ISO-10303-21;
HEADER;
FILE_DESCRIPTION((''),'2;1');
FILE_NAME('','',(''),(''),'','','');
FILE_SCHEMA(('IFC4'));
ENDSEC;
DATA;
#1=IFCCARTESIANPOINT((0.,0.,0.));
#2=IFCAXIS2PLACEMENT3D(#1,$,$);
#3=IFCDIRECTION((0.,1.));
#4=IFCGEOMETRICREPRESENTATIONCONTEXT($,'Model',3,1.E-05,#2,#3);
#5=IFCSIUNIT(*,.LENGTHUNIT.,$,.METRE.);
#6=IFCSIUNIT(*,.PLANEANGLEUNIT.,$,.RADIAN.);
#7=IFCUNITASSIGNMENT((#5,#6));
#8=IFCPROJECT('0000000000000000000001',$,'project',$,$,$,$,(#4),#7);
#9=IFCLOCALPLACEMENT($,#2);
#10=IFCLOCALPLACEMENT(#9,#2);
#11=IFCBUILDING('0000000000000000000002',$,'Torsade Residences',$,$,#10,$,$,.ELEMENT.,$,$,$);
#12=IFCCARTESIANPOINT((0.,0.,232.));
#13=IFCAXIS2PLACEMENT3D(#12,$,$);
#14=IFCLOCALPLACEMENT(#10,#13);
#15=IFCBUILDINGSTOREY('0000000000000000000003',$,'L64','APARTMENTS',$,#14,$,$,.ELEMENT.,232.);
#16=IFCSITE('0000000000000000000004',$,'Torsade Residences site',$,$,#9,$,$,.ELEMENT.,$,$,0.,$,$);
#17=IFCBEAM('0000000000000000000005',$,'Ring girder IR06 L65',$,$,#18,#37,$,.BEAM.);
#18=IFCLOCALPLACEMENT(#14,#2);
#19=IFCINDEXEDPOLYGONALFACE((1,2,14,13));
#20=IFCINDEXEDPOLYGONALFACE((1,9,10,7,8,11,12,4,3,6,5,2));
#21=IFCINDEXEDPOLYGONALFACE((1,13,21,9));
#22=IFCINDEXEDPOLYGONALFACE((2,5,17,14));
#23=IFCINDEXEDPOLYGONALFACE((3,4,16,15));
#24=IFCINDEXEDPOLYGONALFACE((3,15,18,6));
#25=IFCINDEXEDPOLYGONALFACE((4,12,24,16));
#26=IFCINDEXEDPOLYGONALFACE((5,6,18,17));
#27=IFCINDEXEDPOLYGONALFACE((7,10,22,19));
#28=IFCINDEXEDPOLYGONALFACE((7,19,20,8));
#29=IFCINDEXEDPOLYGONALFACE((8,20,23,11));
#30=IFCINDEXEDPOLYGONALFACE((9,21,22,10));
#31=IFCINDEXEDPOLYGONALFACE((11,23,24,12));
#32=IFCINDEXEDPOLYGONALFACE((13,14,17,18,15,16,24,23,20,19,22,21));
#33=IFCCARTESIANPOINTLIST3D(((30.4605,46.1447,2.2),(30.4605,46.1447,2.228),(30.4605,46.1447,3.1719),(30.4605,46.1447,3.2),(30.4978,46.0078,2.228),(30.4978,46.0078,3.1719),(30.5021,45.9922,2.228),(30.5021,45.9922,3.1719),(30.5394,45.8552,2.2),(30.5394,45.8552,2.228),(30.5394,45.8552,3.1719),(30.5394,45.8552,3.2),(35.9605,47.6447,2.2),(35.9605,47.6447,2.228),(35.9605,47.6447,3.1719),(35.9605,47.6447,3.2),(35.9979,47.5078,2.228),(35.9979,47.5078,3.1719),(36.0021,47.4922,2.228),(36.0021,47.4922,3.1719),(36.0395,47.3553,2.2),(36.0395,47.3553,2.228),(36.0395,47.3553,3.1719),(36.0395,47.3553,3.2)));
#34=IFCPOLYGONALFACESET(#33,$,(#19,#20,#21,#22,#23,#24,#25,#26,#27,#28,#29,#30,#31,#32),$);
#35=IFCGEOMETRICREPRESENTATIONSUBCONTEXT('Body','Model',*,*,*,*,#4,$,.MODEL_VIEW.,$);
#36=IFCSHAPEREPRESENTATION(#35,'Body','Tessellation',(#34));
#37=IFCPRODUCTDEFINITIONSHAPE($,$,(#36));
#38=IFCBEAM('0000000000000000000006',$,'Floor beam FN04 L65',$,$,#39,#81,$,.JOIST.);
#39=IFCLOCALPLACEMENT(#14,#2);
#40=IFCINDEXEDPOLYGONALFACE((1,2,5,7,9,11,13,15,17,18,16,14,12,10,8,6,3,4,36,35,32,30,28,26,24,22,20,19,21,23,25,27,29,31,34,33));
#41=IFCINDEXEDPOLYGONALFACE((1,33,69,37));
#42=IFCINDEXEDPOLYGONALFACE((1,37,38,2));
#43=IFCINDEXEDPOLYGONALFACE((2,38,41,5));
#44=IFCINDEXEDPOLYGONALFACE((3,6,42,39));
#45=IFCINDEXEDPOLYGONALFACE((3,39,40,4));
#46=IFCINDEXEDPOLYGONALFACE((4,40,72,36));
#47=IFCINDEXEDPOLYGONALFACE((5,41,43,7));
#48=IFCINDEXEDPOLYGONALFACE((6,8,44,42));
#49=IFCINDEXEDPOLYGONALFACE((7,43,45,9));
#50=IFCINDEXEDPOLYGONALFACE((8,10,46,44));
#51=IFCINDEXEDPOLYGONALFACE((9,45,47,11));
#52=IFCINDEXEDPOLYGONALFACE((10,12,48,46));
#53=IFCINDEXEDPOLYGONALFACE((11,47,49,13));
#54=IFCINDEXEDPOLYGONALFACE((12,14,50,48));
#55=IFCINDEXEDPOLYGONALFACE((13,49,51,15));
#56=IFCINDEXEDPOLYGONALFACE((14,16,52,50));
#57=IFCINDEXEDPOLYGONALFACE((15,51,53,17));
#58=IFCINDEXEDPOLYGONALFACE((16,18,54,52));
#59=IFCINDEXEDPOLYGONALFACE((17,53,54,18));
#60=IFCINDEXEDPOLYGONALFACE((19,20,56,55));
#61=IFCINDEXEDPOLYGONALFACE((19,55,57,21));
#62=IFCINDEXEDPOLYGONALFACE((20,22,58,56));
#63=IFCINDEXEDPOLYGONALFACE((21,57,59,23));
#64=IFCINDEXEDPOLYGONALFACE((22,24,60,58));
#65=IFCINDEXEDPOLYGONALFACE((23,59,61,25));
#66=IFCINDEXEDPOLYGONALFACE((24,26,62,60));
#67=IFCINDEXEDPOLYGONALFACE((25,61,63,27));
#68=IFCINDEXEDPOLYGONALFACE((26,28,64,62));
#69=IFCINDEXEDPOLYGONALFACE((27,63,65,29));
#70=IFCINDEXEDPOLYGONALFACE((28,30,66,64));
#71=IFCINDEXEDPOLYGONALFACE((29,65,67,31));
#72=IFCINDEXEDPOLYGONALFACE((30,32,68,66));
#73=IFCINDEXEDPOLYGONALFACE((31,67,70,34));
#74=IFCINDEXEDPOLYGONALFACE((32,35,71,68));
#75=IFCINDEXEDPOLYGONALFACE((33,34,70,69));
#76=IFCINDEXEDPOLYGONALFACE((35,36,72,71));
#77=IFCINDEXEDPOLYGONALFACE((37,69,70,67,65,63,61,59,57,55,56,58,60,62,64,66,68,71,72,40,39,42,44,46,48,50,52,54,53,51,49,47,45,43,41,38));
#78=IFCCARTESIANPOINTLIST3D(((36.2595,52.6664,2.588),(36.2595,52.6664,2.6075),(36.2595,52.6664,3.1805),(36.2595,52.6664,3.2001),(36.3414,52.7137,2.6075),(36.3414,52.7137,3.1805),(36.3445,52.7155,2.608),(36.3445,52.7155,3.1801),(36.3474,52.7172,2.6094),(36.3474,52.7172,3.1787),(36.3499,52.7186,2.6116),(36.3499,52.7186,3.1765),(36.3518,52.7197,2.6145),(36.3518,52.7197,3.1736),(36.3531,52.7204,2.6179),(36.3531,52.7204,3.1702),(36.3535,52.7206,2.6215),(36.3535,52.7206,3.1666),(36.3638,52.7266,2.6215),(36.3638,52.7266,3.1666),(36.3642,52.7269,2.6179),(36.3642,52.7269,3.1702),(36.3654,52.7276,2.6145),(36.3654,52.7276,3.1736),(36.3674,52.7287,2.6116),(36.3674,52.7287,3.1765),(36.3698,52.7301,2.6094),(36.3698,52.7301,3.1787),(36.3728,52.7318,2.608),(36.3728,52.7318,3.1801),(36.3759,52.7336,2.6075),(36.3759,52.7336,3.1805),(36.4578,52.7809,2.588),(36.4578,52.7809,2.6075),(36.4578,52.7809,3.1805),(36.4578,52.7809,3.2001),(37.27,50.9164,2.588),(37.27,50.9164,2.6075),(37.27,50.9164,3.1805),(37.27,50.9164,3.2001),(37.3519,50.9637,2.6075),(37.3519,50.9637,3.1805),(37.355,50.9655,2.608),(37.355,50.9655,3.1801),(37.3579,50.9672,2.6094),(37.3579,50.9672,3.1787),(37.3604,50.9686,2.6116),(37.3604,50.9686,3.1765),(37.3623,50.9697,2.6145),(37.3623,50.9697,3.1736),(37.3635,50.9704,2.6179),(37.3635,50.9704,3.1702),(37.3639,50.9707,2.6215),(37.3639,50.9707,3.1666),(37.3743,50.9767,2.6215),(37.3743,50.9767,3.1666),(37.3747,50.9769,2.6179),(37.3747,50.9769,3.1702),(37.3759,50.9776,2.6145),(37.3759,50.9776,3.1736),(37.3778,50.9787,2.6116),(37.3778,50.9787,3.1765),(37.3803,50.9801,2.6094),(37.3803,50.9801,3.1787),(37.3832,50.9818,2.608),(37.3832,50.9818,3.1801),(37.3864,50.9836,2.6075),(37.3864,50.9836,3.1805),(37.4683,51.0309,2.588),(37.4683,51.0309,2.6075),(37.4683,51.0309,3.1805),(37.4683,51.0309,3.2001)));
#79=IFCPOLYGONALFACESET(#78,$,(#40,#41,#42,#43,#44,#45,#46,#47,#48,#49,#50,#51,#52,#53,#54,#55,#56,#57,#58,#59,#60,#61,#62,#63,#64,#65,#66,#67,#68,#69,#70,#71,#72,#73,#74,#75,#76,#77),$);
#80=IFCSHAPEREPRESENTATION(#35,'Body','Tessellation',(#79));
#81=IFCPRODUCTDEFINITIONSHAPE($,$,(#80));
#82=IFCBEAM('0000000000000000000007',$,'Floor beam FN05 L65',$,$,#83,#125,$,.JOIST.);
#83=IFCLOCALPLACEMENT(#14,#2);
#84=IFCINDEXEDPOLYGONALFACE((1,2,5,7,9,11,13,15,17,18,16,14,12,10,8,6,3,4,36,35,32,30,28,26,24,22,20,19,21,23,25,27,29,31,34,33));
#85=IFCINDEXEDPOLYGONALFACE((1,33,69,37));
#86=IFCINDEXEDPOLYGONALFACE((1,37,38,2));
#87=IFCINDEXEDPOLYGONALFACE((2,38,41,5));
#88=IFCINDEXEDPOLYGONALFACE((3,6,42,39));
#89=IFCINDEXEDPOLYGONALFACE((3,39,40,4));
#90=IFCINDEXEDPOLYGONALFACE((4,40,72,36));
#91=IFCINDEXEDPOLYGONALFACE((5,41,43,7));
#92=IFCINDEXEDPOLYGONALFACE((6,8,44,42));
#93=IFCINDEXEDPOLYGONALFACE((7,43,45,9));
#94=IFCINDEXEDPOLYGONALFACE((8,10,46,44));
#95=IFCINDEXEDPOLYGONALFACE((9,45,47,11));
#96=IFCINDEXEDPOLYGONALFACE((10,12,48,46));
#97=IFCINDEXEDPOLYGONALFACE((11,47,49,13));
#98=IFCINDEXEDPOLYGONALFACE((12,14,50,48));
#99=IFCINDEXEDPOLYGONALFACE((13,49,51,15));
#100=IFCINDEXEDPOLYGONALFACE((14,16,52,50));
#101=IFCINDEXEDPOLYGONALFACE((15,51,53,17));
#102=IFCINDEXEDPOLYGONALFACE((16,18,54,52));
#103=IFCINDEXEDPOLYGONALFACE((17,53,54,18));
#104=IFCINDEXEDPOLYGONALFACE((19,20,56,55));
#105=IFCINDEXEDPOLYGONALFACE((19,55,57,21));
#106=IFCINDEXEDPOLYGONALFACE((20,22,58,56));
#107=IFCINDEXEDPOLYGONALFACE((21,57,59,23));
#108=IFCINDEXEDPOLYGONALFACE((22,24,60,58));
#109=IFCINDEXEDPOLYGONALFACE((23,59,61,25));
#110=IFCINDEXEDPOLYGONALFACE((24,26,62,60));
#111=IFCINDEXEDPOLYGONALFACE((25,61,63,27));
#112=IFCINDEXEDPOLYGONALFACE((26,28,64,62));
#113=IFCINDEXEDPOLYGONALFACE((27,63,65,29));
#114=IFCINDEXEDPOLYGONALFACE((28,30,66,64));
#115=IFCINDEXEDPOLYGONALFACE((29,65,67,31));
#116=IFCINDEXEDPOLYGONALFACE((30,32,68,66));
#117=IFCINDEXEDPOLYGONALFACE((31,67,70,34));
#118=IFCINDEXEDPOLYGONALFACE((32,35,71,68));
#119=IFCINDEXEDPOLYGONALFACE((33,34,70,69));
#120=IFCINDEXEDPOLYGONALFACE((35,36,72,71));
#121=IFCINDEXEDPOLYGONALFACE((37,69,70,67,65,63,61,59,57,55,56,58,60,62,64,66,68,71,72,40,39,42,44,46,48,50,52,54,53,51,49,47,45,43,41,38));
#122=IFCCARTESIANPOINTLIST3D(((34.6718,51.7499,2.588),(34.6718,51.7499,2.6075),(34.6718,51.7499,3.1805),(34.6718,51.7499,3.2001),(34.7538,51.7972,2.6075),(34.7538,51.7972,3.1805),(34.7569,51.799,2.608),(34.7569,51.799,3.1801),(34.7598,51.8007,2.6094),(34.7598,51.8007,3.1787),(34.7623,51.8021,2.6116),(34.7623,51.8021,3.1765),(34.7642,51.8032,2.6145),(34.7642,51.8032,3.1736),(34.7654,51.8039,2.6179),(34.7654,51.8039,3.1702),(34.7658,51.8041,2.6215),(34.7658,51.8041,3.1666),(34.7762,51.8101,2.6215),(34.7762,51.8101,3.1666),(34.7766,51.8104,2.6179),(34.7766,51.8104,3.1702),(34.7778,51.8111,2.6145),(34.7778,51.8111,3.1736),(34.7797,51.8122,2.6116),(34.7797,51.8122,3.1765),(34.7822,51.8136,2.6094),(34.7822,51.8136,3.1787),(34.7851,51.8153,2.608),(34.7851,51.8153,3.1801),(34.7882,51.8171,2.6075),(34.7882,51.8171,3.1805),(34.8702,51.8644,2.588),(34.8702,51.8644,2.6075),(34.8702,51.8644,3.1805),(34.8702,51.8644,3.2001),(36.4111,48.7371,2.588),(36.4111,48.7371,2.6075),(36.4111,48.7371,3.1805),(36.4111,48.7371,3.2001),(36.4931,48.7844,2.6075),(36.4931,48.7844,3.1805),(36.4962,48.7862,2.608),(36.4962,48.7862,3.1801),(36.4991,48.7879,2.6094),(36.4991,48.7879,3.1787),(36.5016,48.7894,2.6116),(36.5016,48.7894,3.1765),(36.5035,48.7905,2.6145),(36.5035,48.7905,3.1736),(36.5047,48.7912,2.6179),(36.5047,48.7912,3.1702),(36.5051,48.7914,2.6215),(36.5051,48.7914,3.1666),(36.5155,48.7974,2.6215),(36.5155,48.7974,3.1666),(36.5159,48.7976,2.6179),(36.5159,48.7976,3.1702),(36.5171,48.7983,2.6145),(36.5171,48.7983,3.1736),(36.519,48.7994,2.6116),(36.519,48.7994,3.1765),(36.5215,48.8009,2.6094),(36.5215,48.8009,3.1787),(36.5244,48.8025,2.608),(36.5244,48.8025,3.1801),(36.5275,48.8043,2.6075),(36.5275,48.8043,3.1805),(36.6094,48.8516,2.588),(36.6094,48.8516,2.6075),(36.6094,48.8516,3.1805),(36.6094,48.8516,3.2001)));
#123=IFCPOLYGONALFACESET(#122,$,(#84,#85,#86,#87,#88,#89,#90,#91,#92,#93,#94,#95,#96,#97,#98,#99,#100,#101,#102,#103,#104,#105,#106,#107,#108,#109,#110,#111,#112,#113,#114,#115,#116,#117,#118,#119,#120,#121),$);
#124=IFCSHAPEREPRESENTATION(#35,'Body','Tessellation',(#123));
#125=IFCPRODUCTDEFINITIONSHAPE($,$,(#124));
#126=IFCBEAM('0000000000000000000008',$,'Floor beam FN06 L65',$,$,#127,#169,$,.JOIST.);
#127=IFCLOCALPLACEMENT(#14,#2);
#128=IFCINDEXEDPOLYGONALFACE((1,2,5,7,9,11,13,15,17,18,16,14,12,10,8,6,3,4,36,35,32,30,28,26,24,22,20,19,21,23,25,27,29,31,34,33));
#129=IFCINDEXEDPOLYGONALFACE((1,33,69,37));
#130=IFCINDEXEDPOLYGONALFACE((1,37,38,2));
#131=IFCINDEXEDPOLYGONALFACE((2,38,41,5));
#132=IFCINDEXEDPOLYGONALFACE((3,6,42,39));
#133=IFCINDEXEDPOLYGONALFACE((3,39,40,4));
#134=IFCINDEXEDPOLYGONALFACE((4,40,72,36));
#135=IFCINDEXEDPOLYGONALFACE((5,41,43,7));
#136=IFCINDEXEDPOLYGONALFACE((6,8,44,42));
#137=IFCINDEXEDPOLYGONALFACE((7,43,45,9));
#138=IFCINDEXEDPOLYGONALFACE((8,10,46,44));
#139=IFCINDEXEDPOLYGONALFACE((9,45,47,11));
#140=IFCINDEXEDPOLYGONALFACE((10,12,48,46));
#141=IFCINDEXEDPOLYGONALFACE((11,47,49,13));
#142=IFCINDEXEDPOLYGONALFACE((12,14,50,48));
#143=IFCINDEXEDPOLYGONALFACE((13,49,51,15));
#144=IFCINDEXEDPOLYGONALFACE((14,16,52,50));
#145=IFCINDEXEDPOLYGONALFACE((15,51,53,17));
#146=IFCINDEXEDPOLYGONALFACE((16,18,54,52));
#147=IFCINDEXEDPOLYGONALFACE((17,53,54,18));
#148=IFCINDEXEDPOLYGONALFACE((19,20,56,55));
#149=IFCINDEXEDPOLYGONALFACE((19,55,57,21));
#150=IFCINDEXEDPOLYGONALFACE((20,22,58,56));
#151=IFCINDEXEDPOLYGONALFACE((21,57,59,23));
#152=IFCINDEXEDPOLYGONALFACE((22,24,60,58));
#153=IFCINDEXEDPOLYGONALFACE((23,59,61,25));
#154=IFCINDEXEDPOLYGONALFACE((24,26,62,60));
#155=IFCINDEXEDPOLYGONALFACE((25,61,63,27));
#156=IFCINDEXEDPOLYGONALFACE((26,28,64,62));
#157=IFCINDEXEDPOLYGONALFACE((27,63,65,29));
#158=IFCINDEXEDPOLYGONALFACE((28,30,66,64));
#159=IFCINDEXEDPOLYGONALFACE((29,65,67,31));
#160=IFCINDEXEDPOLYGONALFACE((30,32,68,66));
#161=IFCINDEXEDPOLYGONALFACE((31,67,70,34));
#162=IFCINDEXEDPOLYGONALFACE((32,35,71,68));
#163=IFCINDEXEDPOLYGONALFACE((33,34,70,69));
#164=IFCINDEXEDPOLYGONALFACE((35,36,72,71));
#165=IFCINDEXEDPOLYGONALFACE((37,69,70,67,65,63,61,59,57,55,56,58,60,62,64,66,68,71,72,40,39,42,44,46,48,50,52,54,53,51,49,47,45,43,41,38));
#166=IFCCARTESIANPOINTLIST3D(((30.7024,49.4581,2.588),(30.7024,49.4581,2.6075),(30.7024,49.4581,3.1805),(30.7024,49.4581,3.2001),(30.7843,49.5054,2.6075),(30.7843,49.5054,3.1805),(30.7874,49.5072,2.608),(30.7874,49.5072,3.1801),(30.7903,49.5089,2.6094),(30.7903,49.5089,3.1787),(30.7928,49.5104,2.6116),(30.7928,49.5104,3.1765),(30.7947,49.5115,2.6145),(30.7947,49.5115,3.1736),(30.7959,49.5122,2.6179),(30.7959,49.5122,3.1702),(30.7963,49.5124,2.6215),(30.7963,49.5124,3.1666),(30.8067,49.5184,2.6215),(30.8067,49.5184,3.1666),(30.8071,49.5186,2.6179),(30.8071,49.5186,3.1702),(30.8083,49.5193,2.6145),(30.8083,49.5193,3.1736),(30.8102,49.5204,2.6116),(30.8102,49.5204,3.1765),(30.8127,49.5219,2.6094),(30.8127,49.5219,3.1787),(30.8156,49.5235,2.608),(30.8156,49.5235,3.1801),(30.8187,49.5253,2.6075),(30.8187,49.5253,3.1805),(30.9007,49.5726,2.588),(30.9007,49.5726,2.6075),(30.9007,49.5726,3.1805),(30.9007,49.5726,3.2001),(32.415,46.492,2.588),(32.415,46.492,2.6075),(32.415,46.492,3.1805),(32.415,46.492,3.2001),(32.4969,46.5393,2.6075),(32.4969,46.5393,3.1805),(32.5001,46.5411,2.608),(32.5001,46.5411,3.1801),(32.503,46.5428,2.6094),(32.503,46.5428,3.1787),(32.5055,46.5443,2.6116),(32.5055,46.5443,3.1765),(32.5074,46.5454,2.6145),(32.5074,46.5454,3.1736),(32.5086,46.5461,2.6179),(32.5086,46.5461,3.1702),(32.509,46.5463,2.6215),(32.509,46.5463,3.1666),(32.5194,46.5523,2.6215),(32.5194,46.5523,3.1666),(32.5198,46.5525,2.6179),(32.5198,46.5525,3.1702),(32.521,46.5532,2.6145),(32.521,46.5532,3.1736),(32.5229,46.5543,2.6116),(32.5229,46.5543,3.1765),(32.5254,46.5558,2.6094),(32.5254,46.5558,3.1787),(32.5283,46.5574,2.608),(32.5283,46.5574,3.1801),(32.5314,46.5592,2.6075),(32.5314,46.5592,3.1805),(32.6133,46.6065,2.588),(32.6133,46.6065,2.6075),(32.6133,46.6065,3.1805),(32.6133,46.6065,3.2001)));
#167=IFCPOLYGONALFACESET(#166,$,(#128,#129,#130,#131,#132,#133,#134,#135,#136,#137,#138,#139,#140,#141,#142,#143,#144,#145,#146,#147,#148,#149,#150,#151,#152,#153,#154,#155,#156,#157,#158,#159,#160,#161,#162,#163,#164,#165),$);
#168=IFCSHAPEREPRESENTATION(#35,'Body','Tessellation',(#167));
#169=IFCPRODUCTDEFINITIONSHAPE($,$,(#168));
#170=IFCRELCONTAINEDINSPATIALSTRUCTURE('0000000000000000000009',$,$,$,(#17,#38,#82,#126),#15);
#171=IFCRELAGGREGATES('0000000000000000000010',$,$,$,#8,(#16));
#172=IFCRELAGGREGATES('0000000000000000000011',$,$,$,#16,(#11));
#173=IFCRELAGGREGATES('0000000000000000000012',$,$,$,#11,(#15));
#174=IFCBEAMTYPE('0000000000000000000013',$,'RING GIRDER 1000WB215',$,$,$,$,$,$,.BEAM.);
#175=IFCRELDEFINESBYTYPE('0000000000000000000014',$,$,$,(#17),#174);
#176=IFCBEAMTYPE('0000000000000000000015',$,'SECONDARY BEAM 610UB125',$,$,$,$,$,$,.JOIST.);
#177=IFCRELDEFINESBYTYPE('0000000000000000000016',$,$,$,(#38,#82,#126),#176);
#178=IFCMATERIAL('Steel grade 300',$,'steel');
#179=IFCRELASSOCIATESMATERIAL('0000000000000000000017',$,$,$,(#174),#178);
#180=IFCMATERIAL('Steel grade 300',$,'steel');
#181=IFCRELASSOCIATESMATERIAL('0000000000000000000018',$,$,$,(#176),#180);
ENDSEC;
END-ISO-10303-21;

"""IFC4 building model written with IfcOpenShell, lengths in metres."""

from ifc_helpers import new_model, si_unit, direction, frame, origin, origin_2d, place, context, subcontext, project, spatial, i_section, extrude, material, material_profile, profile_set, type_object, element, save


model = new_model("IFC4")

# Units and contexts
model_context = context("Model", 3, precision=1e-05, world=origin(), true_north=direction((0.0, 1.0)))
body_context = subcontext(model_context, "Body", "Model", "MODEL_VIEW")
ifc_project = project(units=[si_unit("LENGTHUNIT", "METRE"), si_unit("PLANEANGLEUNIT", "RADIAN")], contexts=[model_context])

# Site, building, storey
site_placement = place(None, origin())
site = spatial("IfcSite", under=ifc_project, at=site_placement, Name="Torsade Residences site", CompositionType="ELEMENT", RefElevation=0.0)
building_placement = place(site_placement, origin())
building = spatial("IfcBuilding", under=site, at=building_placement, Name="Torsade Residences", CompositionType="ELEMENT")
storey_placement = place(building_placement, frame((0.0, 0.0, 232.0)))
storey = spatial("IfcBuildingStorey", under=building, at=storey_placement, Name="L64", Description="APARTMENTS", CompositionType="ELEMENT", Elevation=232.0)

# Beams
ifc_material_1 = material(Name="Steel grade 300", Category="steel")
ifc_material_profile_1 = material_profile(ifc_material_1, i_section(OverallWidth=0.3, OverallDepth=1.0, WebThickness=0.0161, FlangeThickness=0.0281, at=origin_2d()), Name="1000WB215")
ifc_profile_set_1 = profile_set([ifc_material_profile_1], Name="Steel grade 300")
beam_type_1 = type_object("IfcBeamType", Name="RING GIRDER 1000WB215", PredefinedType="BEAM", material=ifc_profile_set_1)
beam_1_placement = place(storey_placement, frame((36.0, 47.5, 2.7), z_axis=(-0.964764, -0.263117, 0.0), x_axis=(0.263117, -0.964764, 0.0)))
element("IfcBeam", 1, at=beam_1_placement, inside=storey, type_object=beam_type_1, Name="Ring girder IR06 L65", PredefinedType="BEAM", context=body_context, shape_type="SweptSolid", body=[
    extrude(i_section(OverallWidth=0.3, OverallDepth=1.0, WebThickness=0.0161, FlangeThickness=0.0281, at=origin_2d()), origin(), (0.0, 0.0, 1.0), 5.7009),
])
ifc_material_2 = material(Name="Steel grade 300", Category="steel")
ifc_material_profile_2 = material_profile(ifc_material_2, i_section(OverallWidth=0.229, OverallDepth=0.6121, WebThickness=0.012, FlangeThickness=0.0195, FilletRadius=0.0139, at=origin_2d()), Name="610UB125")
ifc_profile_set_2 = profile_set([ifc_material_profile_2], Name="Steel grade 300")
beam_type_2 = type_object("IfcBeamType", Name="SECONDARY BEAM 610UB125", PredefinedType="JOIST", material=ifc_profile_set_2)
beam_2_placement = place(storey_placement, frame((36.3586, 52.7236, 2.894), z_axis=(0.50005, -0.865996, 0.0), x_axis=(0.865996, 0.50005, 0.0)))
element("IfcBeam", 2, at=beam_2_placement, inside=storey, type_object=beam_type_2, Name="Floor beam FN04 L65", PredefinedType="JOIST", context=body_context, shape_type="SweptSolid", body=[
    extrude(i_section(OverallWidth=0.229, OverallDepth=0.6121, WebThickness=0.012, FlangeThickness=0.0195, FilletRadius=0.0139, at=origin_2d()), origin(), (0.0, 0.0, 1.0), 2.0208),
])
beam_3_placement = place(storey_placement, frame((34.771, 51.8071, 2.894), z_axis=(0.499974, -0.866041, 0.0), x_axis=(0.866041, 0.499974, 0.0)))
element("IfcBeam", 3, at=beam_3_placement, inside=storey, type_object=beam_type_2, Name="Floor beam FN05 L65", PredefinedType="JOIST", context=body_context, shape_type="SweptSolid", body=[
    extrude(i_section(OverallWidth=0.229, OverallDepth=0.6121, WebThickness=0.012, FlangeThickness=0.0195, FilletRadius=0.0139, at=origin_2d()), origin(), (0.0, 0.0, 1.0), 3.4788),
])
beam_4_placement = place(storey_placement, frame((30.8015, 49.5154, 2.894), z_axis=(0.500041, -0.866002, 0.0), x_axis=(0.866002, 0.500041, 0.0)))
element("IfcBeam", 4, at=beam_4_placement, inside=storey, type_object=beam_type_2, Name="Floor beam FN06 L65", PredefinedType="JOIST", context=body_context, shape_type="SweptSolid", body=[
    extrude(i_section(OverallWidth=0.229, OverallDepth=0.6121, WebThickness=0.012, FlangeThickness=0.0195, FilletRadius=0.0139, at=origin_2d()), origin(), (0.0, 0.0, 1.0), 3.425),
])

save(model, "model.ifc")
